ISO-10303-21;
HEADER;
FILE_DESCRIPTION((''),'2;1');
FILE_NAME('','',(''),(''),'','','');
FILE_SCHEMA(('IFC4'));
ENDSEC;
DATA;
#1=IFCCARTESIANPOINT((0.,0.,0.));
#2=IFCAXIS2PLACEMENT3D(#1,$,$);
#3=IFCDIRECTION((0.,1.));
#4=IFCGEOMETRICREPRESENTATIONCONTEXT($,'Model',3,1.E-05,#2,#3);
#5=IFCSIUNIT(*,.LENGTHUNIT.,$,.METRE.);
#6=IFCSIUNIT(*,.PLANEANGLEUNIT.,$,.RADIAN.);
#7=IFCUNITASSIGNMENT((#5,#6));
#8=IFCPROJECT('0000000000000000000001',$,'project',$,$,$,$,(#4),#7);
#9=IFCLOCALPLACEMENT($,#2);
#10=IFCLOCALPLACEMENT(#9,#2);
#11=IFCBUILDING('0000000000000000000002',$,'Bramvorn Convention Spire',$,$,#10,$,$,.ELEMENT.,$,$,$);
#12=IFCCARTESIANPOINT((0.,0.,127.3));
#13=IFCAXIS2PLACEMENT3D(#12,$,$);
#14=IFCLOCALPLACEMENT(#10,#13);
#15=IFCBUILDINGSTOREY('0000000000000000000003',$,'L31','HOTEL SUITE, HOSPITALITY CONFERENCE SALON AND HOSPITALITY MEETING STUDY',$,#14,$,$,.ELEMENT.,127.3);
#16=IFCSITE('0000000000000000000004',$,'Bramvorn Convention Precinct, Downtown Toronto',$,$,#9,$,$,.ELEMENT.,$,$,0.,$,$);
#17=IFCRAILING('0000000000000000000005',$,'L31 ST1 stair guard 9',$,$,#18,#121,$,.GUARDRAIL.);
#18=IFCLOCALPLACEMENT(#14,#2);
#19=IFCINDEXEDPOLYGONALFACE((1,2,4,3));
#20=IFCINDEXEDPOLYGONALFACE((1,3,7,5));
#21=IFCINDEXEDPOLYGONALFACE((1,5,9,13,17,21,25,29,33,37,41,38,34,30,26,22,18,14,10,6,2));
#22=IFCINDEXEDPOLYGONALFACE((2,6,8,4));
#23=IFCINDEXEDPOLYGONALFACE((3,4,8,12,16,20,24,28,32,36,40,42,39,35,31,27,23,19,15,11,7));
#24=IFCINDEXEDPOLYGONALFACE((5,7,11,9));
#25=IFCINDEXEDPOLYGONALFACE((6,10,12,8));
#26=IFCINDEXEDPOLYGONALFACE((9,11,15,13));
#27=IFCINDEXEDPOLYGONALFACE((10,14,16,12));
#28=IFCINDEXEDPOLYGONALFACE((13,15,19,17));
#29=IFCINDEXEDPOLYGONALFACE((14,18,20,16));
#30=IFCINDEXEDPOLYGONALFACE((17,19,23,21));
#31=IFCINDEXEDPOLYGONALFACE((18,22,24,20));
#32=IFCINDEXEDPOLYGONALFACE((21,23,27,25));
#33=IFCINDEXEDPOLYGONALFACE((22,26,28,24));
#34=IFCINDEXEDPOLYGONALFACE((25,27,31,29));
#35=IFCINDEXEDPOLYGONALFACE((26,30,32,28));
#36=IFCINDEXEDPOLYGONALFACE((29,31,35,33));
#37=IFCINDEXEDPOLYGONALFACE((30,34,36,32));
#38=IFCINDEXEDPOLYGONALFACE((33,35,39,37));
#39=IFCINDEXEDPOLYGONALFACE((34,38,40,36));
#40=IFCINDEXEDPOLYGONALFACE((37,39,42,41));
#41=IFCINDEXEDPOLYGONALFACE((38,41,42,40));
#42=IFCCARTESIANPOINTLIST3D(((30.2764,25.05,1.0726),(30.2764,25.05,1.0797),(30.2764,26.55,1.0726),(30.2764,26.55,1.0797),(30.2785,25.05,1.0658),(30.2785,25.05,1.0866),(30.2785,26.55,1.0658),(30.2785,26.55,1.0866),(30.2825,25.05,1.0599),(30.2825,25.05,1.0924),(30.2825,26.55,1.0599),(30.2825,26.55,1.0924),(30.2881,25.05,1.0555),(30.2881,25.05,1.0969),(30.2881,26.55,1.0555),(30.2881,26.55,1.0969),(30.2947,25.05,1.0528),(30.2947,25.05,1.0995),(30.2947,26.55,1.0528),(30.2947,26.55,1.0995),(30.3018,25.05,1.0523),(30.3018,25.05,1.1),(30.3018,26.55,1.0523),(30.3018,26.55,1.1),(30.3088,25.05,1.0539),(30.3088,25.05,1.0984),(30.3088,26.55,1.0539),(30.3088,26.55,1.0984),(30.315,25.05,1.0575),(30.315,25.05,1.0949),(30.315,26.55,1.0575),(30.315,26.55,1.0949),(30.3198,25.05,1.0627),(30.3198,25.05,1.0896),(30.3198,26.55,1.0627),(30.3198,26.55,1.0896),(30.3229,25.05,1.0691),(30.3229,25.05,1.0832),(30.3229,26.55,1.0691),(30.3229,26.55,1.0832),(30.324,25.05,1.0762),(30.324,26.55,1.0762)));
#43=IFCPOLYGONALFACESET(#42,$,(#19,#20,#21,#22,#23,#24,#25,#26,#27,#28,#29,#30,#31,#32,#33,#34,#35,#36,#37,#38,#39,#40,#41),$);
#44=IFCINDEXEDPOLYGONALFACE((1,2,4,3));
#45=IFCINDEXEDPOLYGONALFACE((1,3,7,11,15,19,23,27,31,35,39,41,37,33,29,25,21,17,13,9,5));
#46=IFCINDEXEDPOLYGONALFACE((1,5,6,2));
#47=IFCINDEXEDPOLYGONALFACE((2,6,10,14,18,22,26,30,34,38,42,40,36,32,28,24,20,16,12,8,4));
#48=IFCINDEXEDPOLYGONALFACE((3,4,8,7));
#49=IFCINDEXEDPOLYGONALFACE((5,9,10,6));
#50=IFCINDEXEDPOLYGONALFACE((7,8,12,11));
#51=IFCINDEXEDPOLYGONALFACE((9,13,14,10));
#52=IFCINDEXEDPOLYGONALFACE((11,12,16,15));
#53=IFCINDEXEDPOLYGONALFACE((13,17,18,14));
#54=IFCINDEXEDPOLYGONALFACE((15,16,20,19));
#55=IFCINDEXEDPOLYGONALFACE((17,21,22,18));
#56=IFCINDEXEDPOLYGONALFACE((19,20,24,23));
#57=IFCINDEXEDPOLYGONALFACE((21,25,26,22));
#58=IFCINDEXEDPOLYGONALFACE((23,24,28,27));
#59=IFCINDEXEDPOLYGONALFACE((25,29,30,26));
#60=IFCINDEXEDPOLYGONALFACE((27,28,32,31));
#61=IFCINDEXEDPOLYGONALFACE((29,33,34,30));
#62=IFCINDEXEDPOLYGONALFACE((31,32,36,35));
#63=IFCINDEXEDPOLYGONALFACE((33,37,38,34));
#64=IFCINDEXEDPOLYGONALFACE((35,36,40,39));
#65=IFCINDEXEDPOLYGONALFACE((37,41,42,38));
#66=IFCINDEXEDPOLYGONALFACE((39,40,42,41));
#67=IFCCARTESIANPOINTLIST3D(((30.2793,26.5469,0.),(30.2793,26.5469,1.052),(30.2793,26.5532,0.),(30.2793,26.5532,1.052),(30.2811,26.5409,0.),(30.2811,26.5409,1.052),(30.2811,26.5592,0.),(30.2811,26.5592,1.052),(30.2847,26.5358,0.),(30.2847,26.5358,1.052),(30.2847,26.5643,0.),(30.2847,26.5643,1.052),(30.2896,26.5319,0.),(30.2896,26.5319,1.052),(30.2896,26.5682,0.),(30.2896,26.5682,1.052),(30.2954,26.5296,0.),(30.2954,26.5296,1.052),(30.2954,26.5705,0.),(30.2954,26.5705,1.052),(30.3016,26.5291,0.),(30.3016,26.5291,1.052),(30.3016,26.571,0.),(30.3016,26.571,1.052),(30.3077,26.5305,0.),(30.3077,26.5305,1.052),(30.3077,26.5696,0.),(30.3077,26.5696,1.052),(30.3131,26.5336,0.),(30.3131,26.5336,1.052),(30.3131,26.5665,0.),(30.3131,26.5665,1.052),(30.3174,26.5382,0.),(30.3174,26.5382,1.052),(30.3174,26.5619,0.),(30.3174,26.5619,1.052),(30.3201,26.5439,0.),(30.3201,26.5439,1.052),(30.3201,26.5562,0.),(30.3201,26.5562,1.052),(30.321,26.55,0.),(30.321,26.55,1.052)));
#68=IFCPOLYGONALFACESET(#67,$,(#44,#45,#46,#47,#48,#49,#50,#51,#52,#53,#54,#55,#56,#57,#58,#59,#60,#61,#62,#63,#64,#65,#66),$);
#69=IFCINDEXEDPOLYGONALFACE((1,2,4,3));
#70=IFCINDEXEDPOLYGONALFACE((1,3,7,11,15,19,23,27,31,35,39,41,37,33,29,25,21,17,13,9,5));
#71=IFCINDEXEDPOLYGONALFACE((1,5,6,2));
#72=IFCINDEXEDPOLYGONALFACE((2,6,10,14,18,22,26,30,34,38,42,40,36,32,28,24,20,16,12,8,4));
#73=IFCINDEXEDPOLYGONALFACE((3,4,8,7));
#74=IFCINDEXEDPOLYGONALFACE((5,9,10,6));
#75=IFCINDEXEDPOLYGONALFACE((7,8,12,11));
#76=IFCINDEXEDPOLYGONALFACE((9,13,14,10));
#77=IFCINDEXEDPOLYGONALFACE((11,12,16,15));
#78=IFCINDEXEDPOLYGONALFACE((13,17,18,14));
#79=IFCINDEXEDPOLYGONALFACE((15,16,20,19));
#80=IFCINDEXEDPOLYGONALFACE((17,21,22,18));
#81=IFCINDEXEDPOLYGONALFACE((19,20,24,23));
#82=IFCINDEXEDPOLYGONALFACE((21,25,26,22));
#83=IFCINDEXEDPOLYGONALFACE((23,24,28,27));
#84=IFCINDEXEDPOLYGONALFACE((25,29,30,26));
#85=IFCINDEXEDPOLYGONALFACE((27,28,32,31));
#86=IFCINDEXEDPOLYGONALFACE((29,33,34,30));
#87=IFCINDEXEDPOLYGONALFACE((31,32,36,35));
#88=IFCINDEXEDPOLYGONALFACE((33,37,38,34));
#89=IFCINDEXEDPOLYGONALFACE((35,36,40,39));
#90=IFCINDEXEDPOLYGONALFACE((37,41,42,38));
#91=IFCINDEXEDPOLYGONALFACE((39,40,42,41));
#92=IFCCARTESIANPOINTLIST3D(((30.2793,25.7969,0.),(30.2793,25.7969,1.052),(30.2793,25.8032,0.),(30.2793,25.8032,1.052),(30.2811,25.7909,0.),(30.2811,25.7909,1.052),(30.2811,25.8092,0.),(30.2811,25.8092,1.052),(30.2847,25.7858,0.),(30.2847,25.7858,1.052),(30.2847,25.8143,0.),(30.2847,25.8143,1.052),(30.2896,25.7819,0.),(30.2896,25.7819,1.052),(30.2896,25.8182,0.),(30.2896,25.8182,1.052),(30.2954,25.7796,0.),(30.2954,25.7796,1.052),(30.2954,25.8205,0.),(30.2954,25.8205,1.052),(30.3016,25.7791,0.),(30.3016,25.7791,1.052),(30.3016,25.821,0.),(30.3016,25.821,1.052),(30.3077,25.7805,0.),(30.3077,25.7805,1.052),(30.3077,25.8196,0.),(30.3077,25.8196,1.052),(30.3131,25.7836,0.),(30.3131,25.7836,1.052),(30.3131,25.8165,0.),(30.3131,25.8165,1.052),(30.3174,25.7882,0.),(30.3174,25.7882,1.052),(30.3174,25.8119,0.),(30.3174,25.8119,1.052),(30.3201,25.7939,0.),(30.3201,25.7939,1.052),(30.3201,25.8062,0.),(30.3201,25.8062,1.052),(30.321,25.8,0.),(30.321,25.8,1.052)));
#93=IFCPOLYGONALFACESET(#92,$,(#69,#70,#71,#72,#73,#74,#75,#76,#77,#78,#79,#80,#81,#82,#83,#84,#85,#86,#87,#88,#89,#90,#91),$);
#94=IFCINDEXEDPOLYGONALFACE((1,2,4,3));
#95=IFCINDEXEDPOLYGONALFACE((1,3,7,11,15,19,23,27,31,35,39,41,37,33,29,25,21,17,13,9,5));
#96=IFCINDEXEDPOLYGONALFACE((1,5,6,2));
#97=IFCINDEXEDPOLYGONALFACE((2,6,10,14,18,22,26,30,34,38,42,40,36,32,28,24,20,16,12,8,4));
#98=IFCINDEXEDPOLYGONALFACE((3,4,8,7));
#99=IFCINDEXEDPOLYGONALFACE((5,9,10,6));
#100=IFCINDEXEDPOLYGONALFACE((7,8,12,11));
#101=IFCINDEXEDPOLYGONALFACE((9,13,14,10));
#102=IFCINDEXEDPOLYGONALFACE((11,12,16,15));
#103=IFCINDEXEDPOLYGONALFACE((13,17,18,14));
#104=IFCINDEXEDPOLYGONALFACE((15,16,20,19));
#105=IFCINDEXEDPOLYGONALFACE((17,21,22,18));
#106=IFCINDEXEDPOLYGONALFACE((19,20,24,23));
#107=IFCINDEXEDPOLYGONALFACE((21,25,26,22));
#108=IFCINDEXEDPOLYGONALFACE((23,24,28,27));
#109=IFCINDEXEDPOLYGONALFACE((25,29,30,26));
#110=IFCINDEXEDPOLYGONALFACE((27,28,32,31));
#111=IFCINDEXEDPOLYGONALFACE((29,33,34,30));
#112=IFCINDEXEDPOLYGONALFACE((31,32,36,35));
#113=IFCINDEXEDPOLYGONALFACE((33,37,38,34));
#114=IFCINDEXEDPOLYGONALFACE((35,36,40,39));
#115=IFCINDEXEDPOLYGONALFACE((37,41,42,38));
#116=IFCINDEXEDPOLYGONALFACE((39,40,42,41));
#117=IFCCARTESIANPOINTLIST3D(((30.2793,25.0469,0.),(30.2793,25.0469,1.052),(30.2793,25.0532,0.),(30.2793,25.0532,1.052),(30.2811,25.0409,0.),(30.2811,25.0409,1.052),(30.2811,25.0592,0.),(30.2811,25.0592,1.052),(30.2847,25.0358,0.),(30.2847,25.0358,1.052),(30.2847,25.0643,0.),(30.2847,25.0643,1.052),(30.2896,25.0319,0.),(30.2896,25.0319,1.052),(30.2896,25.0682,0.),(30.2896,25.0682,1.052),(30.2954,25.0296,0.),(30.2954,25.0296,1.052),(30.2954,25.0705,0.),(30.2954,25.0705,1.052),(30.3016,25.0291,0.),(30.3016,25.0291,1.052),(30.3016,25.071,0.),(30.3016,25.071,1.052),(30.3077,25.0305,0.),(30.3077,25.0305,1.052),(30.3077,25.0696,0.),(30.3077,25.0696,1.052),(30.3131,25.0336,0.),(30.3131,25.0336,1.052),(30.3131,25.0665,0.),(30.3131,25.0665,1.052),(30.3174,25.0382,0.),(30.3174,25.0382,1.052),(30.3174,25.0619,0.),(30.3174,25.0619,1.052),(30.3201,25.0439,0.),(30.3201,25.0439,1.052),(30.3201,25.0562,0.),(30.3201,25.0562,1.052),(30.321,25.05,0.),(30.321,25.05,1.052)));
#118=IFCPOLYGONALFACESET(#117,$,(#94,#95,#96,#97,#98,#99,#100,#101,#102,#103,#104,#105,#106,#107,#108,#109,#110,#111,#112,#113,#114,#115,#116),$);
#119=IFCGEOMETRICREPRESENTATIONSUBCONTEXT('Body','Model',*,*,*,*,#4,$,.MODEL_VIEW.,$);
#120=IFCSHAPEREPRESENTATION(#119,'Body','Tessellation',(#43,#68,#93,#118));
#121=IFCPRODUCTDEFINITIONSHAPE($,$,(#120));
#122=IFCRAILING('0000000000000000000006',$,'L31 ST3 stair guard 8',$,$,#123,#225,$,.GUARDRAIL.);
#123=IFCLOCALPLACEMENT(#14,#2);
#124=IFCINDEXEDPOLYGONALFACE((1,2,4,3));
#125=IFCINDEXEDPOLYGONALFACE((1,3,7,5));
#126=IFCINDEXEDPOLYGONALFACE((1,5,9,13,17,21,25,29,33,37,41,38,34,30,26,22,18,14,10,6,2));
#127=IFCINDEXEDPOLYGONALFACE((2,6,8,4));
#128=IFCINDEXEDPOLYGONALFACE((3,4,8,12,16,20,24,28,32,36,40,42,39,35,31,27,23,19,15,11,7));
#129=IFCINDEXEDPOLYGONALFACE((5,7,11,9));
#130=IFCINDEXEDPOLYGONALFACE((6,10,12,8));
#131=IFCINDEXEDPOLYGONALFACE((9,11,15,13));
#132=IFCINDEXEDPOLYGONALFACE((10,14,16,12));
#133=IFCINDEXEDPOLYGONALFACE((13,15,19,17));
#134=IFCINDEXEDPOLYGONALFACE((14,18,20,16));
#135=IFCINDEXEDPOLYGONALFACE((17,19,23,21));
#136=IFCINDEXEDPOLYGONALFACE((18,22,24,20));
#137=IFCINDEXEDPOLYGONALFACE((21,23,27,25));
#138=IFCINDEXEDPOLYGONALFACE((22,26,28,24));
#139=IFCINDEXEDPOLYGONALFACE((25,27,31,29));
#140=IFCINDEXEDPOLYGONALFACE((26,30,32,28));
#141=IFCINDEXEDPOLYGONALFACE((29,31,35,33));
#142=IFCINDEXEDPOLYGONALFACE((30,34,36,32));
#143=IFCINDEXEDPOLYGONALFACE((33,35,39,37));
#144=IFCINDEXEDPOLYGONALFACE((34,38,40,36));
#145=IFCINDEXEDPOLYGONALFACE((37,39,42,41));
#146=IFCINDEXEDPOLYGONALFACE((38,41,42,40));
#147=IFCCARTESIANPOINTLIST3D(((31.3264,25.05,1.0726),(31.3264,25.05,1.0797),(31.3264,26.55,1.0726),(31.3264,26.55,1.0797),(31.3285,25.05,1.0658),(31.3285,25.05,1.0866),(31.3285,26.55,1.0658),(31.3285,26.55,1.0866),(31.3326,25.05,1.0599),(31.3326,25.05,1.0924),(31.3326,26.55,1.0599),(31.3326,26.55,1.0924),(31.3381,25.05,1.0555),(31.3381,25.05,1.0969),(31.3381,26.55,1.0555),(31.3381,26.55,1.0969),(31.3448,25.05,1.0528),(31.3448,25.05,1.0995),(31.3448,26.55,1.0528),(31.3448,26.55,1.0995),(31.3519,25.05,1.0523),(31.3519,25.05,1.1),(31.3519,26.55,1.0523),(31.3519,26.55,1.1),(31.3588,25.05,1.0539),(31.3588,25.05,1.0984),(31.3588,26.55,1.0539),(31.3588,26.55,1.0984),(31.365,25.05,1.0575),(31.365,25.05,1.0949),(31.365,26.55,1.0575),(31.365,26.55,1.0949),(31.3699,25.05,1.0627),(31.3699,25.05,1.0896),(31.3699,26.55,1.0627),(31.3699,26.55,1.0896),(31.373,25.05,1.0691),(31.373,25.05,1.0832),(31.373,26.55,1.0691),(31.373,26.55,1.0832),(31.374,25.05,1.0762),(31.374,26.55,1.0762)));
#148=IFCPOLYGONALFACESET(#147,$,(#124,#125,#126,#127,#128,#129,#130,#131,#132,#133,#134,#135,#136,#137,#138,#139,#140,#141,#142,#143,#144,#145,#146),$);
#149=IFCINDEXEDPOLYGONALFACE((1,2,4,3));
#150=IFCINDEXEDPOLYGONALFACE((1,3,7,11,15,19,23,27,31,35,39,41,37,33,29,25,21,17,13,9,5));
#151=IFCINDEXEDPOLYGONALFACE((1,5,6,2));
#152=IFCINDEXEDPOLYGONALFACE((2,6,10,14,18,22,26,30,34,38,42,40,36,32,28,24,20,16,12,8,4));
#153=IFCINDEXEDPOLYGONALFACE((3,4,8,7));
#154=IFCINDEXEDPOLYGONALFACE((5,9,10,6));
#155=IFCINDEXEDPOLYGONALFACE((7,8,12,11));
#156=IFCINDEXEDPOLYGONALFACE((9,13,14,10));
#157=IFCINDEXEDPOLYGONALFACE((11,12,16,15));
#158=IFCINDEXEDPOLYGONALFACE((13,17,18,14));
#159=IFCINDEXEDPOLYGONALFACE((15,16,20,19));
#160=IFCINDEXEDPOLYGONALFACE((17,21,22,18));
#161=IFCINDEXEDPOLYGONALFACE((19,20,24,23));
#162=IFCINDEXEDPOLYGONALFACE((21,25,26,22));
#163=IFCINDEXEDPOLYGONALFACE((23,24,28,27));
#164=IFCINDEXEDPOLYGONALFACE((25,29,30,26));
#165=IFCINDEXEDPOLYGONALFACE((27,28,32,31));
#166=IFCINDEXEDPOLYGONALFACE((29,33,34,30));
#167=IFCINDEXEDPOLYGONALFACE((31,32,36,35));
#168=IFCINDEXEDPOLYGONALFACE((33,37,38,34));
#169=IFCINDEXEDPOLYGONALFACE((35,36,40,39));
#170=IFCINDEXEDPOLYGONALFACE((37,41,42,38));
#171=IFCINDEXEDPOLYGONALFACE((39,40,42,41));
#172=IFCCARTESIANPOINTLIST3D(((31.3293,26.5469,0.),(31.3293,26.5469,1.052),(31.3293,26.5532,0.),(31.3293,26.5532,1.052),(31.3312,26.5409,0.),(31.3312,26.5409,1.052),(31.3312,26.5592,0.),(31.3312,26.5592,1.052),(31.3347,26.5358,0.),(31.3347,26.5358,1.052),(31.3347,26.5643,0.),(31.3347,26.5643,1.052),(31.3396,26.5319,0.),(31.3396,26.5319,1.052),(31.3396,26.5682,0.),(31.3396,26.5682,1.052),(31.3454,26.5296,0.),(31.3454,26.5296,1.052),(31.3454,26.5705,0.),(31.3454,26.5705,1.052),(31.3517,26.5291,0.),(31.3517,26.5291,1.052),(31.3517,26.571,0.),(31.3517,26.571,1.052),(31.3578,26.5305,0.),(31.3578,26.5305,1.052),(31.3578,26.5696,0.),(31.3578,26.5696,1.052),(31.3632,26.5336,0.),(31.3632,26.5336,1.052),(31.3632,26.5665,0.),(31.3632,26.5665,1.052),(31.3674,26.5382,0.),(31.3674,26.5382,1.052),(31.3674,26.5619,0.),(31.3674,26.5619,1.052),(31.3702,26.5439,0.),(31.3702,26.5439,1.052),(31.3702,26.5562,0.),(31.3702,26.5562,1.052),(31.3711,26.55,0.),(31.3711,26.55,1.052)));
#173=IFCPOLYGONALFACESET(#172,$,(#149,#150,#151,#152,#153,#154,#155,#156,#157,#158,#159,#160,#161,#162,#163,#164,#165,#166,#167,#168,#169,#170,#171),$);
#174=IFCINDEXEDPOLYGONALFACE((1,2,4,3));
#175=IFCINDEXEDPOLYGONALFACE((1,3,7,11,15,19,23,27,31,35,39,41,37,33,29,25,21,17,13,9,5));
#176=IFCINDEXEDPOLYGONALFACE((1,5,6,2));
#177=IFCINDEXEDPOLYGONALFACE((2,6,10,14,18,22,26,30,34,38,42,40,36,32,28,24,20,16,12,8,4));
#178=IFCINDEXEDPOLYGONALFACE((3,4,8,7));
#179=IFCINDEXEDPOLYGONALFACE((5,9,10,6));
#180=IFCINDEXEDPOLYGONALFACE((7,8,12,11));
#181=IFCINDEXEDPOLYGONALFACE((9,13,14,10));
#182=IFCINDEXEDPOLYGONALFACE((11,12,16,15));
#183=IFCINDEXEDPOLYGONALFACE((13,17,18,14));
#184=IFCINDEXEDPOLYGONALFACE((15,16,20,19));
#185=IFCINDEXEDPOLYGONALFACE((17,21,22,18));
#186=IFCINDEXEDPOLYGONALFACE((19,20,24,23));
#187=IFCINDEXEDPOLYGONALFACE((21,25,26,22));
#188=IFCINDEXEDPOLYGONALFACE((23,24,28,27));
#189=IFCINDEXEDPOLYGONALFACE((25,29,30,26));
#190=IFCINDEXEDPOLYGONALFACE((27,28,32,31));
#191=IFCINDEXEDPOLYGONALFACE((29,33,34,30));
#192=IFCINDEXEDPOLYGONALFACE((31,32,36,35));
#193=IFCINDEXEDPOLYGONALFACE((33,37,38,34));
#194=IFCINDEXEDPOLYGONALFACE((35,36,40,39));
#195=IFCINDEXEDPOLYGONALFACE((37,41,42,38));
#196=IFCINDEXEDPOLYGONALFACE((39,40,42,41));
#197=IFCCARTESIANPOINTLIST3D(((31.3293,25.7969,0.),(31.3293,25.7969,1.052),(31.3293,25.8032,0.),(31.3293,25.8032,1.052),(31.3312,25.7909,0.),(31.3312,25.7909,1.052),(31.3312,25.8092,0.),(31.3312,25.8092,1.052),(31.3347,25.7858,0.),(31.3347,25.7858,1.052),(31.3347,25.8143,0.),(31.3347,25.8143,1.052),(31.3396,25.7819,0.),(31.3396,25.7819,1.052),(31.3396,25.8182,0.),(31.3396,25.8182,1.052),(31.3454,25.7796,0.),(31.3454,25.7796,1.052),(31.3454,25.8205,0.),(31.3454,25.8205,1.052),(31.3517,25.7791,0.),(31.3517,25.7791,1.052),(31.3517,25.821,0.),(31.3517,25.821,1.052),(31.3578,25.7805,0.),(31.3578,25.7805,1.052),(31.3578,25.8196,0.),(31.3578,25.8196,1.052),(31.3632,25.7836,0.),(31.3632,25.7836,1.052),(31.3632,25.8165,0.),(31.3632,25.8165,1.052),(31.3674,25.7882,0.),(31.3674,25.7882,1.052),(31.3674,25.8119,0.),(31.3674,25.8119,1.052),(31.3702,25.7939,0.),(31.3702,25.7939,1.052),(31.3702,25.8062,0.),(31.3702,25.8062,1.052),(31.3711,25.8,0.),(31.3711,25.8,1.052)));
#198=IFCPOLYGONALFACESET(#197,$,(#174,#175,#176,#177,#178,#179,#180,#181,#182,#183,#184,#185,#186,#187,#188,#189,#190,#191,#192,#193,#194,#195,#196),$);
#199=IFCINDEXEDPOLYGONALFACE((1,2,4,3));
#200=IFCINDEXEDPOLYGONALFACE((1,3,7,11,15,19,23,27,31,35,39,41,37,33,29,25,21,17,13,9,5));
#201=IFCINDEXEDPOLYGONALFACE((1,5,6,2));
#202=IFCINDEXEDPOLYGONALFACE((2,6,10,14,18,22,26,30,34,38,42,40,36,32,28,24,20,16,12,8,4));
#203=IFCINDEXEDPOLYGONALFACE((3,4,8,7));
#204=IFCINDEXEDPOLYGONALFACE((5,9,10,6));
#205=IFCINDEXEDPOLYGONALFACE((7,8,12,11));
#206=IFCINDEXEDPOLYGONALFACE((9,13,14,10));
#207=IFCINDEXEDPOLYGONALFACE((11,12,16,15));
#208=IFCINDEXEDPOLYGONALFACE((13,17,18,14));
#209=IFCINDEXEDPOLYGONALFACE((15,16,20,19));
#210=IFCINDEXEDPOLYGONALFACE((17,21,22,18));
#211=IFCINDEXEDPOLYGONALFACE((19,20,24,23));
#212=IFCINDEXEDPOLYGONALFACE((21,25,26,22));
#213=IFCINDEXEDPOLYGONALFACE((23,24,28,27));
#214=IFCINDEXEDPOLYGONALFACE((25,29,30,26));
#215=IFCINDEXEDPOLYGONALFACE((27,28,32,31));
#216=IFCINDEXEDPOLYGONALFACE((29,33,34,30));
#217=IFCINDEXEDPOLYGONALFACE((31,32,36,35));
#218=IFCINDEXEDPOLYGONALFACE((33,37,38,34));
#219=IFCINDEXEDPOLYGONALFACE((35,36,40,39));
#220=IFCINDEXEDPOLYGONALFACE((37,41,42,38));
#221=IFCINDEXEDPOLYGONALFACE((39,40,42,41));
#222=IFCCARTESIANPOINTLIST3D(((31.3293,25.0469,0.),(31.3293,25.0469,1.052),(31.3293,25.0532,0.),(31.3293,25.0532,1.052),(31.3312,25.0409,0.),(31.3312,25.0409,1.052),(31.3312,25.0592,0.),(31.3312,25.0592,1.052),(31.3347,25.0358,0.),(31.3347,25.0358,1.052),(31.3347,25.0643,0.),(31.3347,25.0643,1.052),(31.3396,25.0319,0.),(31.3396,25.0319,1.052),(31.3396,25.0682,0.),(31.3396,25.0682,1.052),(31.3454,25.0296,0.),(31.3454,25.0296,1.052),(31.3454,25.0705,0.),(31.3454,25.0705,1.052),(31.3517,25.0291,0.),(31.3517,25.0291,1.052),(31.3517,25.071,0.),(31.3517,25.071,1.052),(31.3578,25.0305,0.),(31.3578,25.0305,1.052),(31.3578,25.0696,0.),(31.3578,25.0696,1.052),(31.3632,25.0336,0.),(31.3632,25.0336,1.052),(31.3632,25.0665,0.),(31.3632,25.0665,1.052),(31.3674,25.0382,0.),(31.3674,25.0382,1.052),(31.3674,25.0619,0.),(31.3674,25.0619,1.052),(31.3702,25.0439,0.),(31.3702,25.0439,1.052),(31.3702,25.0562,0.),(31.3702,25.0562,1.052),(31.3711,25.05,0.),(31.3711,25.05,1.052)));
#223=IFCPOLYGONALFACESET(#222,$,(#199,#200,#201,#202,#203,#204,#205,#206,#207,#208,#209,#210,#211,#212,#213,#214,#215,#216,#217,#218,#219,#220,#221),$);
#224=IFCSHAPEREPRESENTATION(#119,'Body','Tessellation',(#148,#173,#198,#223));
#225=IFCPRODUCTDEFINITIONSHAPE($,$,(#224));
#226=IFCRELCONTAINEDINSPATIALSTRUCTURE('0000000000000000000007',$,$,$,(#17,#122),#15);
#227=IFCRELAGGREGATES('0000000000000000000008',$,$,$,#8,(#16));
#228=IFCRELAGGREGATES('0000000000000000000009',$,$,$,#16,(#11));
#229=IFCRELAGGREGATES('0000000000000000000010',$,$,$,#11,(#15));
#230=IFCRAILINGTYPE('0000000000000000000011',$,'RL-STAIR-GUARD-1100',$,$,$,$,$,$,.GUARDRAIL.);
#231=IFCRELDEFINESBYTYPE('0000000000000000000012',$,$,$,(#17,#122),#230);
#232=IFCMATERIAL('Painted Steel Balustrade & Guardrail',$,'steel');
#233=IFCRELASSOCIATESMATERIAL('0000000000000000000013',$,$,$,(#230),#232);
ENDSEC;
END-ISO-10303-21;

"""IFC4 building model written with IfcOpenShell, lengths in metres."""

from ifc_helpers import new_model, si_unit, direction, frame, origin, origin_2d, place, context, subcontext, project, spatial, circle, extrude, material, type_object, element, save


model = new_model("IFC4")

# Units and contexts
model_context = context("Model", 3, precision=1e-05, world=origin(), true_north=direction((0.0, 1.0)))
body_context = subcontext(model_context, "Body", "Model", "MODEL_VIEW")
ifc_project = project(units=[si_unit("LENGTHUNIT", "METRE"), si_unit("PLANEANGLEUNIT", "RADIAN")], contexts=[model_context])

# Site, building, storey
site_placement = place(None, origin())
site = spatial("IfcSite", under=ifc_project, at=site_placement, Name="Bramvorn Convention Precinct, Downtown Toronto", CompositionType="ELEMENT", RefElevation=0.0)
building_placement = place(site_placement, origin())
building = spatial("IfcBuilding", under=site, at=building_placement, Name="Bramvorn Convention Spire", CompositionType="ELEMENT")
storey_placement = place(building_placement, frame((0.0, 0.0, 127.3)))
storey = spatial("IfcBuildingStorey", under=building, at=storey_placement, Name="L31", Description="HOTEL SUITE, HOSPITALITY CONFERENCE SALON AND HOSPITALITY MEETING STUDY", CompositionType="ELEMENT", Elevation=127.3)

# Railings
ifc_material_1 = material(Name="Painted Steel Balustrade & Guardrail", Category="steel")
railing_type = type_object("IfcRailingType", Name="RL-STAIR-GUARD-1100", PredefinedType="GUARDRAIL", material=ifc_material_1)
for number, where, name in (
    (1, (30.3, 26.55, 0.0), "L31 ST1 stair guard 9"),
    (2, (31.3501, 26.55, 0.0), "L31 ST3 stair guard 8"),
):
    element("IfcRailing", number, at=place(storey_placement, frame(where)), inside=storey, type_object=railing_type, Name=name, PredefinedType="GUARDRAIL", context=body_context, shape_type="SweptSolid", body=[
        extrude(circle(Radius=0.0239, at=origin_2d()), frame((0.0, 0.0, 1.0762), z_axis=(0.0, -1.0, 0.0), x_axis=(1.0, 0.0, 0.0)), (0.0, 0.0, 1.0), 1.5),
        extrude(circle(Radius=0.021, at=origin_2d()), origin(), (0.0, 0.0, 1.0), 1.052),
        extrude(circle(Radius=0.021, at=origin_2d()), frame((0.0, -0.75, 0.0)), (0.0, 0.0, 1.0), 1.052),
        extrude(circle(Radius=0.021, at=origin_2d()), frame((0.0, -1.5, 0.0)), (0.0, 0.0, 1.0), 1.052),
    ])

save(model, "model.ifc")
